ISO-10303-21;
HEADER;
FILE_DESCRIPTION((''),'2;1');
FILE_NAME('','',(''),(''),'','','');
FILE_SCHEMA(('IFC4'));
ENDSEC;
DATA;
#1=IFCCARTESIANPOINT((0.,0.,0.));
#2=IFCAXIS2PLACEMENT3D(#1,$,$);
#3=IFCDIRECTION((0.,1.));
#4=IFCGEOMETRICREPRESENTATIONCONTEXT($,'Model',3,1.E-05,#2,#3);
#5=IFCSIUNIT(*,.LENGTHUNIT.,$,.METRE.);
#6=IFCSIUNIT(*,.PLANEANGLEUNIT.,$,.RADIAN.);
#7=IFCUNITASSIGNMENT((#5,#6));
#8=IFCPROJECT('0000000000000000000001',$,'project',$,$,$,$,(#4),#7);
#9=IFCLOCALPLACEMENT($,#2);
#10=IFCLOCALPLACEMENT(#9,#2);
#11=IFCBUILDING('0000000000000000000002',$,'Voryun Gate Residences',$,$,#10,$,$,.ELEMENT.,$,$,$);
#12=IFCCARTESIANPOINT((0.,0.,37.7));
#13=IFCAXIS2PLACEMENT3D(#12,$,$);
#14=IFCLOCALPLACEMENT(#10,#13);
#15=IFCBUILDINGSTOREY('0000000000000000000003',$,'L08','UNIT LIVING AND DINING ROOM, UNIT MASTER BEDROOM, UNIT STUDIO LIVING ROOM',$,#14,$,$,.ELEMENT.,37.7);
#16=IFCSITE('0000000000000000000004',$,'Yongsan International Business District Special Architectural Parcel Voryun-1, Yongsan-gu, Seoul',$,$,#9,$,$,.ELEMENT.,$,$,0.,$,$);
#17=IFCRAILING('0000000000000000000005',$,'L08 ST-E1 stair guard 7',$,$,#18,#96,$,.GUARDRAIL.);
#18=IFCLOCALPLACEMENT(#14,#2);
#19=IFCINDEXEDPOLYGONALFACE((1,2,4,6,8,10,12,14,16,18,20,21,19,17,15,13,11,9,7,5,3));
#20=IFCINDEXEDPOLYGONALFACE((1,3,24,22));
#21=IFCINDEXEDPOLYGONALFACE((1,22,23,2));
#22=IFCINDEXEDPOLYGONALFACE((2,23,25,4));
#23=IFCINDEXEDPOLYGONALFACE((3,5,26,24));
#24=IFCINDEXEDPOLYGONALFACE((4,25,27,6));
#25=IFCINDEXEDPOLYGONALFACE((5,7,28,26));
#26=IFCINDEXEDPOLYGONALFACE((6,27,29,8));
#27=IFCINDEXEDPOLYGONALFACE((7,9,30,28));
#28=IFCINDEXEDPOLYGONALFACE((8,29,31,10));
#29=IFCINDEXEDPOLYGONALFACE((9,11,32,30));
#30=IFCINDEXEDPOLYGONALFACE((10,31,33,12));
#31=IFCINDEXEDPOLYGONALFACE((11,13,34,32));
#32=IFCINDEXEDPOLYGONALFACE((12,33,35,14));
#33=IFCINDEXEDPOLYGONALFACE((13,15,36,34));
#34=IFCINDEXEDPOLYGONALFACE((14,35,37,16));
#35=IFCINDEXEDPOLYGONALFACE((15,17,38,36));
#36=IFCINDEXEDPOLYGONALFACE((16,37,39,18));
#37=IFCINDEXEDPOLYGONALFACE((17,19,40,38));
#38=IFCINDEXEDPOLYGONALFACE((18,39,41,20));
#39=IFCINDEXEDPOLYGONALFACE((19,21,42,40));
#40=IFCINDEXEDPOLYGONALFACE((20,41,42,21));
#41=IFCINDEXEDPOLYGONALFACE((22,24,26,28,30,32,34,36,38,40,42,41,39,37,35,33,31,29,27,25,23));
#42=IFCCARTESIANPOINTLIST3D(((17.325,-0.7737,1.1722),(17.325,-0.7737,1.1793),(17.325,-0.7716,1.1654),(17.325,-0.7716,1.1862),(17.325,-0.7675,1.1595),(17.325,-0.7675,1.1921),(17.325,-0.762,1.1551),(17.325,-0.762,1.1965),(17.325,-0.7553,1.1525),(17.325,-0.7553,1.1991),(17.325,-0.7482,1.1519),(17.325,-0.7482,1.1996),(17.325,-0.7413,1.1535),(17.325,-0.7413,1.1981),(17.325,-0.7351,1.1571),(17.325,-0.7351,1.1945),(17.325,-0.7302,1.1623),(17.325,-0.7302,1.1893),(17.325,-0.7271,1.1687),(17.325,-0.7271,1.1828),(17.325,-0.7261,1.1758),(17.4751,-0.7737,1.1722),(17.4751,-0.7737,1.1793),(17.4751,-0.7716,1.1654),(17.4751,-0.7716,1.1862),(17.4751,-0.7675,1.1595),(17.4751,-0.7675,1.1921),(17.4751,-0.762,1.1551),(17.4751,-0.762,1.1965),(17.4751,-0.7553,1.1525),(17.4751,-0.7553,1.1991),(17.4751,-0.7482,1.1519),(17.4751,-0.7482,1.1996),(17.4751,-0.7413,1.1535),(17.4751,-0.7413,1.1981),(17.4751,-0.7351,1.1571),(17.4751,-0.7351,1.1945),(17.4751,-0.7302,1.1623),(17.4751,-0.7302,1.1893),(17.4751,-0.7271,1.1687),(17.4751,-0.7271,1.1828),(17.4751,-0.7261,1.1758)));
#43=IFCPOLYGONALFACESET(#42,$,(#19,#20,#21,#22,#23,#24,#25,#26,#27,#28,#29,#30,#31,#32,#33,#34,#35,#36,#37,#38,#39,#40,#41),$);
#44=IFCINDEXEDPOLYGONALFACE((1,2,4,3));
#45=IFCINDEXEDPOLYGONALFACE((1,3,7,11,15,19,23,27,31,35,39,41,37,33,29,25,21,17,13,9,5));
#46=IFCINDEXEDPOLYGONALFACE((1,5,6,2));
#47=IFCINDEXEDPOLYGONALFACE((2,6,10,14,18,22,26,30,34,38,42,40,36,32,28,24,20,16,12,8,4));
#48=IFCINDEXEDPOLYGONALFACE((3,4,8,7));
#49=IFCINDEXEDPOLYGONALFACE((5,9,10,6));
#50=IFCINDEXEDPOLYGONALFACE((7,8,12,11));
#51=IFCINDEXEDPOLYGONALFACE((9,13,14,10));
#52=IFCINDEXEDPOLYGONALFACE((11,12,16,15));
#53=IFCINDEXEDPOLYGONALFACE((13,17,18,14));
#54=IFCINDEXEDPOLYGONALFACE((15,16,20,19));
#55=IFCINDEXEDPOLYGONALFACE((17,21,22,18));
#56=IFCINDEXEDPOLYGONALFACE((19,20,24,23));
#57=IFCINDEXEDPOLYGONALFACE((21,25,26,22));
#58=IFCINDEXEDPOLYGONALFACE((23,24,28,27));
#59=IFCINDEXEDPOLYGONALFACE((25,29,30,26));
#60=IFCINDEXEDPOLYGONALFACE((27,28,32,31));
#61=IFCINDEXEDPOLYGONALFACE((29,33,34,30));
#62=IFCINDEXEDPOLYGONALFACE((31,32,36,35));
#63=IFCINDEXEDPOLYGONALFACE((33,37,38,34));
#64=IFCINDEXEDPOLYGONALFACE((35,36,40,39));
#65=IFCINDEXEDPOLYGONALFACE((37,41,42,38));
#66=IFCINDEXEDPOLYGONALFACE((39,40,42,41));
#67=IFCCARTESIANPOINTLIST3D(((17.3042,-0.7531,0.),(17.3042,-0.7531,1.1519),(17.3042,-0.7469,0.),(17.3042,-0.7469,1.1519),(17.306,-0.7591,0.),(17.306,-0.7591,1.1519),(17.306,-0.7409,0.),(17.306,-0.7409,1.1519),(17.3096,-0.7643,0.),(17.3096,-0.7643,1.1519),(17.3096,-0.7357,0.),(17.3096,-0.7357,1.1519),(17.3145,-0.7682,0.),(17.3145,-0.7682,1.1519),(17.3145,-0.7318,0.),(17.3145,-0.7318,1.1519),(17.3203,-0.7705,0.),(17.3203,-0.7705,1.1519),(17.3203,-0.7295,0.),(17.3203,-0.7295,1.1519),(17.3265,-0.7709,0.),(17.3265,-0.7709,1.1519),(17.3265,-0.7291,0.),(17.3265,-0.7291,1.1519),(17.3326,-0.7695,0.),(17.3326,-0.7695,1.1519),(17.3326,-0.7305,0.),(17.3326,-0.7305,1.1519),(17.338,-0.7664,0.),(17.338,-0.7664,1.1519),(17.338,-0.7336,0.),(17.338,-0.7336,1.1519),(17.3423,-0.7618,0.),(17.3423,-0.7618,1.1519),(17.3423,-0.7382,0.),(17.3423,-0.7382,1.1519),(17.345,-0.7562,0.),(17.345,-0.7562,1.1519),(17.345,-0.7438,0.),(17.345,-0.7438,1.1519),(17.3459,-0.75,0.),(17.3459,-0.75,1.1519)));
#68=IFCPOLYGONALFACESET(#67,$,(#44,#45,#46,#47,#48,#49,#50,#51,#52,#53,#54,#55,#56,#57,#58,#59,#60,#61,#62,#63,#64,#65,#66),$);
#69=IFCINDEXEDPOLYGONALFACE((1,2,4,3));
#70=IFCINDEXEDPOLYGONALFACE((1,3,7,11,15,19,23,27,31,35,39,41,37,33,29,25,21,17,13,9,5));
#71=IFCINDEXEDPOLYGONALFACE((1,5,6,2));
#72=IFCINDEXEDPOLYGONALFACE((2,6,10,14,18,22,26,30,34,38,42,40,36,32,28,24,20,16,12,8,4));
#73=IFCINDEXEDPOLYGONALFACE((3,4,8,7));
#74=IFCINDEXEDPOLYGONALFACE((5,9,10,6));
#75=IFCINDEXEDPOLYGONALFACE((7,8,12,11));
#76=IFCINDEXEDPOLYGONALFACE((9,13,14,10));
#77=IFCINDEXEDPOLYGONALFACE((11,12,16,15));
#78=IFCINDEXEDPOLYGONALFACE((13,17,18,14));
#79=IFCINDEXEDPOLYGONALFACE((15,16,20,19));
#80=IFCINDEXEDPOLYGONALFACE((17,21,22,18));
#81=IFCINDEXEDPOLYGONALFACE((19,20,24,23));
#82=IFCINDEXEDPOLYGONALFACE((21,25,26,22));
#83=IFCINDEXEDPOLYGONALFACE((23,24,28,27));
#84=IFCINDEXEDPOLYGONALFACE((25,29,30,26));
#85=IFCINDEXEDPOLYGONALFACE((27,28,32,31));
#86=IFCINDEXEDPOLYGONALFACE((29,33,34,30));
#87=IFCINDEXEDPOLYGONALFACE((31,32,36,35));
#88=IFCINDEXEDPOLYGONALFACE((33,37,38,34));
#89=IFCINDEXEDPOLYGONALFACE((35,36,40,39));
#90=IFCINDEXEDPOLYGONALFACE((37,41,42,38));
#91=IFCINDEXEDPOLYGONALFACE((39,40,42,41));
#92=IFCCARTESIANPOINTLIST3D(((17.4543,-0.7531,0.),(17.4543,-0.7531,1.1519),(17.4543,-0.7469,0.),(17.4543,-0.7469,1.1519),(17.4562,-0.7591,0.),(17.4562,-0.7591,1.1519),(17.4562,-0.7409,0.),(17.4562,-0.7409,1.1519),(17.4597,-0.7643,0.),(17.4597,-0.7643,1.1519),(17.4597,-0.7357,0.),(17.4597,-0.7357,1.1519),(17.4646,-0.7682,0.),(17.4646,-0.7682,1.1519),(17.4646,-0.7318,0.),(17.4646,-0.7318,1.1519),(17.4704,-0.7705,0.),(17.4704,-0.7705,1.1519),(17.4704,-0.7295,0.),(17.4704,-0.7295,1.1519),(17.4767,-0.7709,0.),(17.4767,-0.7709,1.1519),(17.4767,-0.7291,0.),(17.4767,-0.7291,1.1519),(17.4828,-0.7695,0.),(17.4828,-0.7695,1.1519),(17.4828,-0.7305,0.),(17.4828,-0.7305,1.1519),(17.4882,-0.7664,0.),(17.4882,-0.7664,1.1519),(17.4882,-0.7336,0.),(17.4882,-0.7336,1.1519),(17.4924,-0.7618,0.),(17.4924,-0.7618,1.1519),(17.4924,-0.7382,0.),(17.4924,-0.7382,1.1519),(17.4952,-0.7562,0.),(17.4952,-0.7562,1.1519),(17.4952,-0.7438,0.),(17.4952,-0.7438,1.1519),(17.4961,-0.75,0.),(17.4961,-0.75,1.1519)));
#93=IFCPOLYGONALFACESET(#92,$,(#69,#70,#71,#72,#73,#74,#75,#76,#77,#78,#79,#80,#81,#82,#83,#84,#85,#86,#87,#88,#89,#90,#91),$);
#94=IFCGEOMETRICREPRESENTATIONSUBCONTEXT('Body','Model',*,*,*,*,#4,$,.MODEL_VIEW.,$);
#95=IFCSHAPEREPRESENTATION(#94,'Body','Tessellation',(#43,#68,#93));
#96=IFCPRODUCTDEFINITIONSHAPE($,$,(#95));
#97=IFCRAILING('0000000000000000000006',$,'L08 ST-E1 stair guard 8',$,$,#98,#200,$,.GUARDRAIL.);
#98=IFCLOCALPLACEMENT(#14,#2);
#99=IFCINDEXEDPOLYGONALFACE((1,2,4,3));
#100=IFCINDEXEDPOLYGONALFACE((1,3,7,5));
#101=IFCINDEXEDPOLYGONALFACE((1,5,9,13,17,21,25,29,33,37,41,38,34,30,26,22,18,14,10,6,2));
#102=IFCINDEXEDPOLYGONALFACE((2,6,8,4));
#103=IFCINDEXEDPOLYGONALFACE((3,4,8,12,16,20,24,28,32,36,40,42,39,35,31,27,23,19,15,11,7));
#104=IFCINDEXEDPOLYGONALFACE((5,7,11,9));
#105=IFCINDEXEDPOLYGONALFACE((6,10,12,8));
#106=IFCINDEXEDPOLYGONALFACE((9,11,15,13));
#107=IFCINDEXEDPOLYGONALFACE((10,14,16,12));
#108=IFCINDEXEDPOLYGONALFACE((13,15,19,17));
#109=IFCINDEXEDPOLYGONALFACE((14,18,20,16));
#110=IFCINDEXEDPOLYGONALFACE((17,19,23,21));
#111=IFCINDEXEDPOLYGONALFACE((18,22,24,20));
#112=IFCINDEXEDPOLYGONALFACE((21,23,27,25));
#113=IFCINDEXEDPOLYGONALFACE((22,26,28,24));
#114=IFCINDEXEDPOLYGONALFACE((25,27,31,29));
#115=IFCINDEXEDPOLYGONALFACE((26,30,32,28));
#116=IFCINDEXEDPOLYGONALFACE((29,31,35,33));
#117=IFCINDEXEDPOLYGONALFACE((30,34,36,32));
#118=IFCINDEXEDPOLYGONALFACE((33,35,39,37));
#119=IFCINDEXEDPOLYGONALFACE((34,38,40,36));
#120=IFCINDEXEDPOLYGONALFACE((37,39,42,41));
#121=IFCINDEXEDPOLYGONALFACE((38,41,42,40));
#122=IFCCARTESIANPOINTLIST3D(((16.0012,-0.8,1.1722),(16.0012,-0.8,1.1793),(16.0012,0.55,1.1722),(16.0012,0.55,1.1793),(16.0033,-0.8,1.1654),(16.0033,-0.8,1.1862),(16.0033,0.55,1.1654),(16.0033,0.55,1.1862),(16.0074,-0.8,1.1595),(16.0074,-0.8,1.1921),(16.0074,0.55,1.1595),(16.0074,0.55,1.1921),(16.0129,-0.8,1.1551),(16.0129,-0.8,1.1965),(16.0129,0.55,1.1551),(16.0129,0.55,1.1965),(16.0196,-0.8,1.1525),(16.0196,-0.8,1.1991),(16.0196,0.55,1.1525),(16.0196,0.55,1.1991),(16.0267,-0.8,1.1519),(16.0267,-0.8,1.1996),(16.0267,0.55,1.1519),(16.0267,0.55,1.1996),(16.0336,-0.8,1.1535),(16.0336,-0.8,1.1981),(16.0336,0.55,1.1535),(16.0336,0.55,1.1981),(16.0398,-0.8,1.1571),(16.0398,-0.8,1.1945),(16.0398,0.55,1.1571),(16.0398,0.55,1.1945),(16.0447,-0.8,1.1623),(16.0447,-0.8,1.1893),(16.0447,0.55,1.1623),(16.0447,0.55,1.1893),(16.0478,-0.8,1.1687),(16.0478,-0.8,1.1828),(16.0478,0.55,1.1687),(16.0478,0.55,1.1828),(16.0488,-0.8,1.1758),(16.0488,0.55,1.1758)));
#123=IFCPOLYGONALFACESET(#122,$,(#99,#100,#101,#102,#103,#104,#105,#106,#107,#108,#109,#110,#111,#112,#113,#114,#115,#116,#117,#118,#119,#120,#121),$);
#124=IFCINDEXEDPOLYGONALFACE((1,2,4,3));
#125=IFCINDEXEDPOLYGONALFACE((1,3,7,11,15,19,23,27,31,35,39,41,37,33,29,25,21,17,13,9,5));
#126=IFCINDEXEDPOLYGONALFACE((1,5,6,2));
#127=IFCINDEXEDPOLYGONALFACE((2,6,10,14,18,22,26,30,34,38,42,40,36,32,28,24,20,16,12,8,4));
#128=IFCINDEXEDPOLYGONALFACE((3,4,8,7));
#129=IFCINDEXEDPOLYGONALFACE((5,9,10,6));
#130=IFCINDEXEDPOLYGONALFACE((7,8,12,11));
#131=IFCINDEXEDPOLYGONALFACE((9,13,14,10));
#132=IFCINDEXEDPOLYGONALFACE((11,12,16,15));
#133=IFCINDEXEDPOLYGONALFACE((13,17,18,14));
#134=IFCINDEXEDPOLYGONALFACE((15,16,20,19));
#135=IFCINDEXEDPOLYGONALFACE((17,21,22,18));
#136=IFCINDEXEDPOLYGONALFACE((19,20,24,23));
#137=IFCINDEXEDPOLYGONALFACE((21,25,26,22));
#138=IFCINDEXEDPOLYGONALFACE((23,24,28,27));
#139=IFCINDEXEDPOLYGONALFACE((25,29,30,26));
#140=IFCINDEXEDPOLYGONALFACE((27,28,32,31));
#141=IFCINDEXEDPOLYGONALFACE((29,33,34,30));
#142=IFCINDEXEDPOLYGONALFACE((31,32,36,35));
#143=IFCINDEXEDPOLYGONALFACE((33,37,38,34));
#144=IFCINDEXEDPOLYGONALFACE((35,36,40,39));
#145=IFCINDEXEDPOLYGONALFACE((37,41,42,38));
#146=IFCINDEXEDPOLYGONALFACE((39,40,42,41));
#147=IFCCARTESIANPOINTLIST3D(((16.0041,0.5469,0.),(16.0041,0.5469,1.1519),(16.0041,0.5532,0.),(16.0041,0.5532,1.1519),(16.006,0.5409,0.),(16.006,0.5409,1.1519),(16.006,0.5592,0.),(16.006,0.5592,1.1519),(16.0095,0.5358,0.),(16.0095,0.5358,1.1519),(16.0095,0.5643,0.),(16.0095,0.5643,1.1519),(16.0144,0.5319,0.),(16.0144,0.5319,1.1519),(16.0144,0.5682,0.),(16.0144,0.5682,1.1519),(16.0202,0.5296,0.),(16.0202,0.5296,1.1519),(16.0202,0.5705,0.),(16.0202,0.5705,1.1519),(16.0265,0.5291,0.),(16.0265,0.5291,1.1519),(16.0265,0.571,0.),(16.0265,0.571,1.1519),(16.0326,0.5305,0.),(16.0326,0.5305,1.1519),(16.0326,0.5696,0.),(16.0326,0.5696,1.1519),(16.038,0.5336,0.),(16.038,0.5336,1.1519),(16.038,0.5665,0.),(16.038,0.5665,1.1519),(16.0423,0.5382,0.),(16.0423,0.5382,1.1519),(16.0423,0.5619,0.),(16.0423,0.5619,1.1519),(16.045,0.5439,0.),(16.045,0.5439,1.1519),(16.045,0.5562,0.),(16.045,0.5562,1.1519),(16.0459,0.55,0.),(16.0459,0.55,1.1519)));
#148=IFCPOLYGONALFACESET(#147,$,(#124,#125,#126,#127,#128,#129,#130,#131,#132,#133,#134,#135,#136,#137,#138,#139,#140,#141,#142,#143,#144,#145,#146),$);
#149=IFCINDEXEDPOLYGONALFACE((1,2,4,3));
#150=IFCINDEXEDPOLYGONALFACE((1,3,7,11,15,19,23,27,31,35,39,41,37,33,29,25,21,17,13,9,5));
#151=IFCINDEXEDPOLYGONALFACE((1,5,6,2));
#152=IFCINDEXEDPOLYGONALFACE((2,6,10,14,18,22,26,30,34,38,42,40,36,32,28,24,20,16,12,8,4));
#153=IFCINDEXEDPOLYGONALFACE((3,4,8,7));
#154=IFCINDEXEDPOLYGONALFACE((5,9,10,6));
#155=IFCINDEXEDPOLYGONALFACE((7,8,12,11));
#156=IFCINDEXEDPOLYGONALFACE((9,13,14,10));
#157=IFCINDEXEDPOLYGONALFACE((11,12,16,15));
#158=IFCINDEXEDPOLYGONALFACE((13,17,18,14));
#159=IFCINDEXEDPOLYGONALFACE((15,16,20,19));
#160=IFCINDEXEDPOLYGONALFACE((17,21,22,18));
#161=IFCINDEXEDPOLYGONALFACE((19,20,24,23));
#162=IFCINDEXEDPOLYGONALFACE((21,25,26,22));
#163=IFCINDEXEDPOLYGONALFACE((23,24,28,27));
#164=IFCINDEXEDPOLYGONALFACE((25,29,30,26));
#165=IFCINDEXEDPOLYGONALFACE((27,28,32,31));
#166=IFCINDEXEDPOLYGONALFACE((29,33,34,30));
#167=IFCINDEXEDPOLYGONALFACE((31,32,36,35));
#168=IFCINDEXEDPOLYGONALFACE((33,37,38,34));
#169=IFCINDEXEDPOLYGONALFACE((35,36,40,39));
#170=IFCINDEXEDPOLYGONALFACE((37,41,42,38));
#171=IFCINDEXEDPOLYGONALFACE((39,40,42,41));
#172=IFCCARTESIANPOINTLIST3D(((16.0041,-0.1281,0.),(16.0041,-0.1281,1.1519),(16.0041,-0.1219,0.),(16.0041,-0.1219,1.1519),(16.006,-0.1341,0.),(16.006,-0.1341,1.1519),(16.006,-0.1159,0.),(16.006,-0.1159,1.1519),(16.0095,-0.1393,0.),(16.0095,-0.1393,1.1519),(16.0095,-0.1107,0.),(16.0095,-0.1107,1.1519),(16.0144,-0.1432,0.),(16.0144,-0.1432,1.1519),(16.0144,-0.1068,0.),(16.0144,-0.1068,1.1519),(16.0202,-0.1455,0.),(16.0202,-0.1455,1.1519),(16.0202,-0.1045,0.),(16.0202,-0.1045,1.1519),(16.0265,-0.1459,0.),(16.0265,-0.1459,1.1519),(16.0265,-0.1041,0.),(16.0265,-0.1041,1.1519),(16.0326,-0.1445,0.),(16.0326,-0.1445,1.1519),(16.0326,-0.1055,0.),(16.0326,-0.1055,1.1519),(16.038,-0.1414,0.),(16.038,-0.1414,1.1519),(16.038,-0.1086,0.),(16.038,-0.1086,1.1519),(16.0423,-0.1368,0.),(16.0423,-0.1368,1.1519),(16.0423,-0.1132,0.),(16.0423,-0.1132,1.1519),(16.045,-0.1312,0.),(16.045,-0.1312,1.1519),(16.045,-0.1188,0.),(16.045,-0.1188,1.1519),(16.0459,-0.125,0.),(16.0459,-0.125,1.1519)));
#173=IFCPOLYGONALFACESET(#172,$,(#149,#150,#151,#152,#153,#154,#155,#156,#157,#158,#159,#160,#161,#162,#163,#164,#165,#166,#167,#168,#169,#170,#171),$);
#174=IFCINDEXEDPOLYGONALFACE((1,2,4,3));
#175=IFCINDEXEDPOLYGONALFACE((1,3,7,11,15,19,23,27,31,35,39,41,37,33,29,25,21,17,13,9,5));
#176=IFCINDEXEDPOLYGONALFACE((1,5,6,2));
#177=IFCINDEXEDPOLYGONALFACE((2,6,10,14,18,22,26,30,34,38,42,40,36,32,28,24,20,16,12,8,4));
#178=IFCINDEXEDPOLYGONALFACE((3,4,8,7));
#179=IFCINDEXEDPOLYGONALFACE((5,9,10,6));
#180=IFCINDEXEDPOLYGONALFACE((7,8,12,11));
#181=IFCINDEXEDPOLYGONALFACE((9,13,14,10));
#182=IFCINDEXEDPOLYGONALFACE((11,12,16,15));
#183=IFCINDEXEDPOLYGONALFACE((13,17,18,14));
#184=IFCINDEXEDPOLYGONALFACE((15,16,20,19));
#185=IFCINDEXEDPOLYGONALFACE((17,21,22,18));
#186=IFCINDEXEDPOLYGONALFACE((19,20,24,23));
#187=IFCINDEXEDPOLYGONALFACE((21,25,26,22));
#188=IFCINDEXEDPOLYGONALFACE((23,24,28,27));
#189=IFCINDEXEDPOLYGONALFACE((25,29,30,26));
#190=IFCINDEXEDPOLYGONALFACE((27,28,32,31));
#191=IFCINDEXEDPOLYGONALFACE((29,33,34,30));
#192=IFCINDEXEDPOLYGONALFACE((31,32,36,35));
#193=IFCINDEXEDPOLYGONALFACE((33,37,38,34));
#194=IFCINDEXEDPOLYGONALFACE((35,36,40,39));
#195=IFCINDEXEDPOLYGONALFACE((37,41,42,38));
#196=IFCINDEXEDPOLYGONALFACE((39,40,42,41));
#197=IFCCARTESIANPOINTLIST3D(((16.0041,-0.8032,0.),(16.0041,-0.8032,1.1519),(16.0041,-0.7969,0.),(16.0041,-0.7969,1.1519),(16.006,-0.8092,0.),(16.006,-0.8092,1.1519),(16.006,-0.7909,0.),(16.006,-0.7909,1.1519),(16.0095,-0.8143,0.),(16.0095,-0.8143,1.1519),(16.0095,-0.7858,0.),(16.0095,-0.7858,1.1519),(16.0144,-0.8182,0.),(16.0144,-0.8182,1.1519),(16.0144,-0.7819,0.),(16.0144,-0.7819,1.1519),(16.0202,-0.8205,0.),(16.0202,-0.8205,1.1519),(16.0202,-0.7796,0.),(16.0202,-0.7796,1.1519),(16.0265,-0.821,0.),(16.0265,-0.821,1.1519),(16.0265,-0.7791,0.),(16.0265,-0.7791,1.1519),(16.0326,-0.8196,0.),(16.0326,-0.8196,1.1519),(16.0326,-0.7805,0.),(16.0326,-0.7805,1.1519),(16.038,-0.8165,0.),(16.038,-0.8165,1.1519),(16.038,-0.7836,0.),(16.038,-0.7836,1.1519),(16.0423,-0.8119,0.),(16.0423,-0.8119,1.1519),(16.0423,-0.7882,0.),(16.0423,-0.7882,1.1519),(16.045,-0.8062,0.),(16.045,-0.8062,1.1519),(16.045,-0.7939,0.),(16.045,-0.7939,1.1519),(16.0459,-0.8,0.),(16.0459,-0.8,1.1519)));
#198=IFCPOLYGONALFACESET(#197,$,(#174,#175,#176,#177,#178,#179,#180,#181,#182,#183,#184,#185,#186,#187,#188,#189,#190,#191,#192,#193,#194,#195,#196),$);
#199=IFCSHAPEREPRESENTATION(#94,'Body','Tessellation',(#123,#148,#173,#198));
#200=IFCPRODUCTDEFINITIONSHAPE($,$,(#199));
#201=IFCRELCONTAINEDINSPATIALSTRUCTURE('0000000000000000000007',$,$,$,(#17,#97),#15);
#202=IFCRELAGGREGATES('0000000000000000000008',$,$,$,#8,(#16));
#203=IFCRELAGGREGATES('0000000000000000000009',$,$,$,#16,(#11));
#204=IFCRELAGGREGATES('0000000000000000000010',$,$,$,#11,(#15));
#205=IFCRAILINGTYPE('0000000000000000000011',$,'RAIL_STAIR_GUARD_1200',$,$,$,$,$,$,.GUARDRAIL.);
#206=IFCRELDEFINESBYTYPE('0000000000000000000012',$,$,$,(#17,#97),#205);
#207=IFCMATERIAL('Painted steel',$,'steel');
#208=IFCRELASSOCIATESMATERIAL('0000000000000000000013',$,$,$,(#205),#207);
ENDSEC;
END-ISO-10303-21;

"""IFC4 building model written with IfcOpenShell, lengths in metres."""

from ifc_helpers import new_model, si_unit, direction, frame, origin, origin_2d, place, context, subcontext, project, spatial, circle, extrude, material, type_object, element, save


model = new_model("IFC4")

# Units and contexts
model_context = context("Model", 3, precision=1e-05, world=origin(), true_north=direction((0.0, 1.0)))
body_context = subcontext(model_context, "Body", "Model", "MODEL_VIEW")
ifc_project = project(units=[si_unit("LENGTHUNIT", "METRE"), si_unit("PLANEANGLEUNIT", "RADIAN")], contexts=[model_context])

# Site, building, storey
site_placement = place(None, origin())
site = spatial("IfcSite", under=ifc_project, at=site_placement, Name="Yongsan International Business District Special Architectural Parcel Voryun-1, Yongsan-gu, Seoul", CompositionType="ELEMENT", RefElevation=0.0)
building_placement = place(site_placement, origin())
building = spatial("IfcBuilding", under=site, at=building_placement, Name="Voryun Gate Residences", CompositionType="ELEMENT")
storey_placement = place(building_placement, frame((0.0, 0.0, 37.7)))
storey = spatial("IfcBuildingStorey", under=building, at=storey_placement, Name="L08", Description="UNIT LIVING AND DINING ROOM, UNIT MASTER BEDROOM, UNIT STUDIO LIVING ROOM", CompositionType="ELEMENT", Elevation=37.7)

# Railings
ifc_material_1 = material(Name="Painted steel", Category="steel")
railing_type = type_object("IfcRailingType", Name="RAIL_STAIR_GUARD_1200", PredefinedType="GUARDRAIL", material=ifc_material_1)
railing_1_placement = place(storey_placement, frame((17.325, -0.75, 0.0)))
element("IfcRailing", 1, at=railing_1_placement, inside=storey, type_object=railing_type, Name="L08 ST-E1 stair guard 7", PredefinedType="GUARDRAIL", context=body_context, shape_type="SweptSolid", body=[
    extrude(circle(Radius=0.0239, at=origin_2d()), frame((0.0, 0.0, 1.1758), z_axis=(1.0, 0.0, 0.0), x_axis=(0.0, 1.0, 0.0)), (0.0, 0.0, 1.0), 0.1501),
    extrude(circle(Radius=0.021, at=origin_2d()), origin(), (0.0, 0.0, 1.0), 1.1519),
    extrude(circle(Radius=0.021, at=origin_2d()), frame((0.1501, 0.0, 0.0)), (0.0, 0.0, 1.0), 1.1519),
])
for number, where, name in (
    (2, (16.0249, 0.55, 0.0), "L08 ST-E1 stair guard 8"),
):
    element("IfcRailing", number, at=place(storey_placement, frame(where)), inside=storey, type_object=railing_type, Name=name, PredefinedType="GUARDRAIL", context=body_context, shape_type="SweptSolid", body=[
        extrude(circle(Radius=0.0239, at=origin_2d()), frame((0.0, 0.0, 1.1758), z_axis=(0.0, -1.0, 0.0), x_axis=(1.0, 0.0, 0.0)), (0.0, 0.0, 1.0), 1.3501),
        extrude(circle(Radius=0.021, at=origin_2d()), origin(), (0.0, 0.0, 1.0), 1.1519),
        extrude(circle(Radius=0.021, at=origin_2d()), frame((0.0, -0.675, 0.0)), (0.0, 0.0, 1.0), 1.1519),
        extrude(circle(Radius=0.021, at=origin_2d()), frame((0.0, -1.3501, 0.0)), (0.0, 0.0, 1.0), 1.1519),
    ])

save(model, "model.ifc")
